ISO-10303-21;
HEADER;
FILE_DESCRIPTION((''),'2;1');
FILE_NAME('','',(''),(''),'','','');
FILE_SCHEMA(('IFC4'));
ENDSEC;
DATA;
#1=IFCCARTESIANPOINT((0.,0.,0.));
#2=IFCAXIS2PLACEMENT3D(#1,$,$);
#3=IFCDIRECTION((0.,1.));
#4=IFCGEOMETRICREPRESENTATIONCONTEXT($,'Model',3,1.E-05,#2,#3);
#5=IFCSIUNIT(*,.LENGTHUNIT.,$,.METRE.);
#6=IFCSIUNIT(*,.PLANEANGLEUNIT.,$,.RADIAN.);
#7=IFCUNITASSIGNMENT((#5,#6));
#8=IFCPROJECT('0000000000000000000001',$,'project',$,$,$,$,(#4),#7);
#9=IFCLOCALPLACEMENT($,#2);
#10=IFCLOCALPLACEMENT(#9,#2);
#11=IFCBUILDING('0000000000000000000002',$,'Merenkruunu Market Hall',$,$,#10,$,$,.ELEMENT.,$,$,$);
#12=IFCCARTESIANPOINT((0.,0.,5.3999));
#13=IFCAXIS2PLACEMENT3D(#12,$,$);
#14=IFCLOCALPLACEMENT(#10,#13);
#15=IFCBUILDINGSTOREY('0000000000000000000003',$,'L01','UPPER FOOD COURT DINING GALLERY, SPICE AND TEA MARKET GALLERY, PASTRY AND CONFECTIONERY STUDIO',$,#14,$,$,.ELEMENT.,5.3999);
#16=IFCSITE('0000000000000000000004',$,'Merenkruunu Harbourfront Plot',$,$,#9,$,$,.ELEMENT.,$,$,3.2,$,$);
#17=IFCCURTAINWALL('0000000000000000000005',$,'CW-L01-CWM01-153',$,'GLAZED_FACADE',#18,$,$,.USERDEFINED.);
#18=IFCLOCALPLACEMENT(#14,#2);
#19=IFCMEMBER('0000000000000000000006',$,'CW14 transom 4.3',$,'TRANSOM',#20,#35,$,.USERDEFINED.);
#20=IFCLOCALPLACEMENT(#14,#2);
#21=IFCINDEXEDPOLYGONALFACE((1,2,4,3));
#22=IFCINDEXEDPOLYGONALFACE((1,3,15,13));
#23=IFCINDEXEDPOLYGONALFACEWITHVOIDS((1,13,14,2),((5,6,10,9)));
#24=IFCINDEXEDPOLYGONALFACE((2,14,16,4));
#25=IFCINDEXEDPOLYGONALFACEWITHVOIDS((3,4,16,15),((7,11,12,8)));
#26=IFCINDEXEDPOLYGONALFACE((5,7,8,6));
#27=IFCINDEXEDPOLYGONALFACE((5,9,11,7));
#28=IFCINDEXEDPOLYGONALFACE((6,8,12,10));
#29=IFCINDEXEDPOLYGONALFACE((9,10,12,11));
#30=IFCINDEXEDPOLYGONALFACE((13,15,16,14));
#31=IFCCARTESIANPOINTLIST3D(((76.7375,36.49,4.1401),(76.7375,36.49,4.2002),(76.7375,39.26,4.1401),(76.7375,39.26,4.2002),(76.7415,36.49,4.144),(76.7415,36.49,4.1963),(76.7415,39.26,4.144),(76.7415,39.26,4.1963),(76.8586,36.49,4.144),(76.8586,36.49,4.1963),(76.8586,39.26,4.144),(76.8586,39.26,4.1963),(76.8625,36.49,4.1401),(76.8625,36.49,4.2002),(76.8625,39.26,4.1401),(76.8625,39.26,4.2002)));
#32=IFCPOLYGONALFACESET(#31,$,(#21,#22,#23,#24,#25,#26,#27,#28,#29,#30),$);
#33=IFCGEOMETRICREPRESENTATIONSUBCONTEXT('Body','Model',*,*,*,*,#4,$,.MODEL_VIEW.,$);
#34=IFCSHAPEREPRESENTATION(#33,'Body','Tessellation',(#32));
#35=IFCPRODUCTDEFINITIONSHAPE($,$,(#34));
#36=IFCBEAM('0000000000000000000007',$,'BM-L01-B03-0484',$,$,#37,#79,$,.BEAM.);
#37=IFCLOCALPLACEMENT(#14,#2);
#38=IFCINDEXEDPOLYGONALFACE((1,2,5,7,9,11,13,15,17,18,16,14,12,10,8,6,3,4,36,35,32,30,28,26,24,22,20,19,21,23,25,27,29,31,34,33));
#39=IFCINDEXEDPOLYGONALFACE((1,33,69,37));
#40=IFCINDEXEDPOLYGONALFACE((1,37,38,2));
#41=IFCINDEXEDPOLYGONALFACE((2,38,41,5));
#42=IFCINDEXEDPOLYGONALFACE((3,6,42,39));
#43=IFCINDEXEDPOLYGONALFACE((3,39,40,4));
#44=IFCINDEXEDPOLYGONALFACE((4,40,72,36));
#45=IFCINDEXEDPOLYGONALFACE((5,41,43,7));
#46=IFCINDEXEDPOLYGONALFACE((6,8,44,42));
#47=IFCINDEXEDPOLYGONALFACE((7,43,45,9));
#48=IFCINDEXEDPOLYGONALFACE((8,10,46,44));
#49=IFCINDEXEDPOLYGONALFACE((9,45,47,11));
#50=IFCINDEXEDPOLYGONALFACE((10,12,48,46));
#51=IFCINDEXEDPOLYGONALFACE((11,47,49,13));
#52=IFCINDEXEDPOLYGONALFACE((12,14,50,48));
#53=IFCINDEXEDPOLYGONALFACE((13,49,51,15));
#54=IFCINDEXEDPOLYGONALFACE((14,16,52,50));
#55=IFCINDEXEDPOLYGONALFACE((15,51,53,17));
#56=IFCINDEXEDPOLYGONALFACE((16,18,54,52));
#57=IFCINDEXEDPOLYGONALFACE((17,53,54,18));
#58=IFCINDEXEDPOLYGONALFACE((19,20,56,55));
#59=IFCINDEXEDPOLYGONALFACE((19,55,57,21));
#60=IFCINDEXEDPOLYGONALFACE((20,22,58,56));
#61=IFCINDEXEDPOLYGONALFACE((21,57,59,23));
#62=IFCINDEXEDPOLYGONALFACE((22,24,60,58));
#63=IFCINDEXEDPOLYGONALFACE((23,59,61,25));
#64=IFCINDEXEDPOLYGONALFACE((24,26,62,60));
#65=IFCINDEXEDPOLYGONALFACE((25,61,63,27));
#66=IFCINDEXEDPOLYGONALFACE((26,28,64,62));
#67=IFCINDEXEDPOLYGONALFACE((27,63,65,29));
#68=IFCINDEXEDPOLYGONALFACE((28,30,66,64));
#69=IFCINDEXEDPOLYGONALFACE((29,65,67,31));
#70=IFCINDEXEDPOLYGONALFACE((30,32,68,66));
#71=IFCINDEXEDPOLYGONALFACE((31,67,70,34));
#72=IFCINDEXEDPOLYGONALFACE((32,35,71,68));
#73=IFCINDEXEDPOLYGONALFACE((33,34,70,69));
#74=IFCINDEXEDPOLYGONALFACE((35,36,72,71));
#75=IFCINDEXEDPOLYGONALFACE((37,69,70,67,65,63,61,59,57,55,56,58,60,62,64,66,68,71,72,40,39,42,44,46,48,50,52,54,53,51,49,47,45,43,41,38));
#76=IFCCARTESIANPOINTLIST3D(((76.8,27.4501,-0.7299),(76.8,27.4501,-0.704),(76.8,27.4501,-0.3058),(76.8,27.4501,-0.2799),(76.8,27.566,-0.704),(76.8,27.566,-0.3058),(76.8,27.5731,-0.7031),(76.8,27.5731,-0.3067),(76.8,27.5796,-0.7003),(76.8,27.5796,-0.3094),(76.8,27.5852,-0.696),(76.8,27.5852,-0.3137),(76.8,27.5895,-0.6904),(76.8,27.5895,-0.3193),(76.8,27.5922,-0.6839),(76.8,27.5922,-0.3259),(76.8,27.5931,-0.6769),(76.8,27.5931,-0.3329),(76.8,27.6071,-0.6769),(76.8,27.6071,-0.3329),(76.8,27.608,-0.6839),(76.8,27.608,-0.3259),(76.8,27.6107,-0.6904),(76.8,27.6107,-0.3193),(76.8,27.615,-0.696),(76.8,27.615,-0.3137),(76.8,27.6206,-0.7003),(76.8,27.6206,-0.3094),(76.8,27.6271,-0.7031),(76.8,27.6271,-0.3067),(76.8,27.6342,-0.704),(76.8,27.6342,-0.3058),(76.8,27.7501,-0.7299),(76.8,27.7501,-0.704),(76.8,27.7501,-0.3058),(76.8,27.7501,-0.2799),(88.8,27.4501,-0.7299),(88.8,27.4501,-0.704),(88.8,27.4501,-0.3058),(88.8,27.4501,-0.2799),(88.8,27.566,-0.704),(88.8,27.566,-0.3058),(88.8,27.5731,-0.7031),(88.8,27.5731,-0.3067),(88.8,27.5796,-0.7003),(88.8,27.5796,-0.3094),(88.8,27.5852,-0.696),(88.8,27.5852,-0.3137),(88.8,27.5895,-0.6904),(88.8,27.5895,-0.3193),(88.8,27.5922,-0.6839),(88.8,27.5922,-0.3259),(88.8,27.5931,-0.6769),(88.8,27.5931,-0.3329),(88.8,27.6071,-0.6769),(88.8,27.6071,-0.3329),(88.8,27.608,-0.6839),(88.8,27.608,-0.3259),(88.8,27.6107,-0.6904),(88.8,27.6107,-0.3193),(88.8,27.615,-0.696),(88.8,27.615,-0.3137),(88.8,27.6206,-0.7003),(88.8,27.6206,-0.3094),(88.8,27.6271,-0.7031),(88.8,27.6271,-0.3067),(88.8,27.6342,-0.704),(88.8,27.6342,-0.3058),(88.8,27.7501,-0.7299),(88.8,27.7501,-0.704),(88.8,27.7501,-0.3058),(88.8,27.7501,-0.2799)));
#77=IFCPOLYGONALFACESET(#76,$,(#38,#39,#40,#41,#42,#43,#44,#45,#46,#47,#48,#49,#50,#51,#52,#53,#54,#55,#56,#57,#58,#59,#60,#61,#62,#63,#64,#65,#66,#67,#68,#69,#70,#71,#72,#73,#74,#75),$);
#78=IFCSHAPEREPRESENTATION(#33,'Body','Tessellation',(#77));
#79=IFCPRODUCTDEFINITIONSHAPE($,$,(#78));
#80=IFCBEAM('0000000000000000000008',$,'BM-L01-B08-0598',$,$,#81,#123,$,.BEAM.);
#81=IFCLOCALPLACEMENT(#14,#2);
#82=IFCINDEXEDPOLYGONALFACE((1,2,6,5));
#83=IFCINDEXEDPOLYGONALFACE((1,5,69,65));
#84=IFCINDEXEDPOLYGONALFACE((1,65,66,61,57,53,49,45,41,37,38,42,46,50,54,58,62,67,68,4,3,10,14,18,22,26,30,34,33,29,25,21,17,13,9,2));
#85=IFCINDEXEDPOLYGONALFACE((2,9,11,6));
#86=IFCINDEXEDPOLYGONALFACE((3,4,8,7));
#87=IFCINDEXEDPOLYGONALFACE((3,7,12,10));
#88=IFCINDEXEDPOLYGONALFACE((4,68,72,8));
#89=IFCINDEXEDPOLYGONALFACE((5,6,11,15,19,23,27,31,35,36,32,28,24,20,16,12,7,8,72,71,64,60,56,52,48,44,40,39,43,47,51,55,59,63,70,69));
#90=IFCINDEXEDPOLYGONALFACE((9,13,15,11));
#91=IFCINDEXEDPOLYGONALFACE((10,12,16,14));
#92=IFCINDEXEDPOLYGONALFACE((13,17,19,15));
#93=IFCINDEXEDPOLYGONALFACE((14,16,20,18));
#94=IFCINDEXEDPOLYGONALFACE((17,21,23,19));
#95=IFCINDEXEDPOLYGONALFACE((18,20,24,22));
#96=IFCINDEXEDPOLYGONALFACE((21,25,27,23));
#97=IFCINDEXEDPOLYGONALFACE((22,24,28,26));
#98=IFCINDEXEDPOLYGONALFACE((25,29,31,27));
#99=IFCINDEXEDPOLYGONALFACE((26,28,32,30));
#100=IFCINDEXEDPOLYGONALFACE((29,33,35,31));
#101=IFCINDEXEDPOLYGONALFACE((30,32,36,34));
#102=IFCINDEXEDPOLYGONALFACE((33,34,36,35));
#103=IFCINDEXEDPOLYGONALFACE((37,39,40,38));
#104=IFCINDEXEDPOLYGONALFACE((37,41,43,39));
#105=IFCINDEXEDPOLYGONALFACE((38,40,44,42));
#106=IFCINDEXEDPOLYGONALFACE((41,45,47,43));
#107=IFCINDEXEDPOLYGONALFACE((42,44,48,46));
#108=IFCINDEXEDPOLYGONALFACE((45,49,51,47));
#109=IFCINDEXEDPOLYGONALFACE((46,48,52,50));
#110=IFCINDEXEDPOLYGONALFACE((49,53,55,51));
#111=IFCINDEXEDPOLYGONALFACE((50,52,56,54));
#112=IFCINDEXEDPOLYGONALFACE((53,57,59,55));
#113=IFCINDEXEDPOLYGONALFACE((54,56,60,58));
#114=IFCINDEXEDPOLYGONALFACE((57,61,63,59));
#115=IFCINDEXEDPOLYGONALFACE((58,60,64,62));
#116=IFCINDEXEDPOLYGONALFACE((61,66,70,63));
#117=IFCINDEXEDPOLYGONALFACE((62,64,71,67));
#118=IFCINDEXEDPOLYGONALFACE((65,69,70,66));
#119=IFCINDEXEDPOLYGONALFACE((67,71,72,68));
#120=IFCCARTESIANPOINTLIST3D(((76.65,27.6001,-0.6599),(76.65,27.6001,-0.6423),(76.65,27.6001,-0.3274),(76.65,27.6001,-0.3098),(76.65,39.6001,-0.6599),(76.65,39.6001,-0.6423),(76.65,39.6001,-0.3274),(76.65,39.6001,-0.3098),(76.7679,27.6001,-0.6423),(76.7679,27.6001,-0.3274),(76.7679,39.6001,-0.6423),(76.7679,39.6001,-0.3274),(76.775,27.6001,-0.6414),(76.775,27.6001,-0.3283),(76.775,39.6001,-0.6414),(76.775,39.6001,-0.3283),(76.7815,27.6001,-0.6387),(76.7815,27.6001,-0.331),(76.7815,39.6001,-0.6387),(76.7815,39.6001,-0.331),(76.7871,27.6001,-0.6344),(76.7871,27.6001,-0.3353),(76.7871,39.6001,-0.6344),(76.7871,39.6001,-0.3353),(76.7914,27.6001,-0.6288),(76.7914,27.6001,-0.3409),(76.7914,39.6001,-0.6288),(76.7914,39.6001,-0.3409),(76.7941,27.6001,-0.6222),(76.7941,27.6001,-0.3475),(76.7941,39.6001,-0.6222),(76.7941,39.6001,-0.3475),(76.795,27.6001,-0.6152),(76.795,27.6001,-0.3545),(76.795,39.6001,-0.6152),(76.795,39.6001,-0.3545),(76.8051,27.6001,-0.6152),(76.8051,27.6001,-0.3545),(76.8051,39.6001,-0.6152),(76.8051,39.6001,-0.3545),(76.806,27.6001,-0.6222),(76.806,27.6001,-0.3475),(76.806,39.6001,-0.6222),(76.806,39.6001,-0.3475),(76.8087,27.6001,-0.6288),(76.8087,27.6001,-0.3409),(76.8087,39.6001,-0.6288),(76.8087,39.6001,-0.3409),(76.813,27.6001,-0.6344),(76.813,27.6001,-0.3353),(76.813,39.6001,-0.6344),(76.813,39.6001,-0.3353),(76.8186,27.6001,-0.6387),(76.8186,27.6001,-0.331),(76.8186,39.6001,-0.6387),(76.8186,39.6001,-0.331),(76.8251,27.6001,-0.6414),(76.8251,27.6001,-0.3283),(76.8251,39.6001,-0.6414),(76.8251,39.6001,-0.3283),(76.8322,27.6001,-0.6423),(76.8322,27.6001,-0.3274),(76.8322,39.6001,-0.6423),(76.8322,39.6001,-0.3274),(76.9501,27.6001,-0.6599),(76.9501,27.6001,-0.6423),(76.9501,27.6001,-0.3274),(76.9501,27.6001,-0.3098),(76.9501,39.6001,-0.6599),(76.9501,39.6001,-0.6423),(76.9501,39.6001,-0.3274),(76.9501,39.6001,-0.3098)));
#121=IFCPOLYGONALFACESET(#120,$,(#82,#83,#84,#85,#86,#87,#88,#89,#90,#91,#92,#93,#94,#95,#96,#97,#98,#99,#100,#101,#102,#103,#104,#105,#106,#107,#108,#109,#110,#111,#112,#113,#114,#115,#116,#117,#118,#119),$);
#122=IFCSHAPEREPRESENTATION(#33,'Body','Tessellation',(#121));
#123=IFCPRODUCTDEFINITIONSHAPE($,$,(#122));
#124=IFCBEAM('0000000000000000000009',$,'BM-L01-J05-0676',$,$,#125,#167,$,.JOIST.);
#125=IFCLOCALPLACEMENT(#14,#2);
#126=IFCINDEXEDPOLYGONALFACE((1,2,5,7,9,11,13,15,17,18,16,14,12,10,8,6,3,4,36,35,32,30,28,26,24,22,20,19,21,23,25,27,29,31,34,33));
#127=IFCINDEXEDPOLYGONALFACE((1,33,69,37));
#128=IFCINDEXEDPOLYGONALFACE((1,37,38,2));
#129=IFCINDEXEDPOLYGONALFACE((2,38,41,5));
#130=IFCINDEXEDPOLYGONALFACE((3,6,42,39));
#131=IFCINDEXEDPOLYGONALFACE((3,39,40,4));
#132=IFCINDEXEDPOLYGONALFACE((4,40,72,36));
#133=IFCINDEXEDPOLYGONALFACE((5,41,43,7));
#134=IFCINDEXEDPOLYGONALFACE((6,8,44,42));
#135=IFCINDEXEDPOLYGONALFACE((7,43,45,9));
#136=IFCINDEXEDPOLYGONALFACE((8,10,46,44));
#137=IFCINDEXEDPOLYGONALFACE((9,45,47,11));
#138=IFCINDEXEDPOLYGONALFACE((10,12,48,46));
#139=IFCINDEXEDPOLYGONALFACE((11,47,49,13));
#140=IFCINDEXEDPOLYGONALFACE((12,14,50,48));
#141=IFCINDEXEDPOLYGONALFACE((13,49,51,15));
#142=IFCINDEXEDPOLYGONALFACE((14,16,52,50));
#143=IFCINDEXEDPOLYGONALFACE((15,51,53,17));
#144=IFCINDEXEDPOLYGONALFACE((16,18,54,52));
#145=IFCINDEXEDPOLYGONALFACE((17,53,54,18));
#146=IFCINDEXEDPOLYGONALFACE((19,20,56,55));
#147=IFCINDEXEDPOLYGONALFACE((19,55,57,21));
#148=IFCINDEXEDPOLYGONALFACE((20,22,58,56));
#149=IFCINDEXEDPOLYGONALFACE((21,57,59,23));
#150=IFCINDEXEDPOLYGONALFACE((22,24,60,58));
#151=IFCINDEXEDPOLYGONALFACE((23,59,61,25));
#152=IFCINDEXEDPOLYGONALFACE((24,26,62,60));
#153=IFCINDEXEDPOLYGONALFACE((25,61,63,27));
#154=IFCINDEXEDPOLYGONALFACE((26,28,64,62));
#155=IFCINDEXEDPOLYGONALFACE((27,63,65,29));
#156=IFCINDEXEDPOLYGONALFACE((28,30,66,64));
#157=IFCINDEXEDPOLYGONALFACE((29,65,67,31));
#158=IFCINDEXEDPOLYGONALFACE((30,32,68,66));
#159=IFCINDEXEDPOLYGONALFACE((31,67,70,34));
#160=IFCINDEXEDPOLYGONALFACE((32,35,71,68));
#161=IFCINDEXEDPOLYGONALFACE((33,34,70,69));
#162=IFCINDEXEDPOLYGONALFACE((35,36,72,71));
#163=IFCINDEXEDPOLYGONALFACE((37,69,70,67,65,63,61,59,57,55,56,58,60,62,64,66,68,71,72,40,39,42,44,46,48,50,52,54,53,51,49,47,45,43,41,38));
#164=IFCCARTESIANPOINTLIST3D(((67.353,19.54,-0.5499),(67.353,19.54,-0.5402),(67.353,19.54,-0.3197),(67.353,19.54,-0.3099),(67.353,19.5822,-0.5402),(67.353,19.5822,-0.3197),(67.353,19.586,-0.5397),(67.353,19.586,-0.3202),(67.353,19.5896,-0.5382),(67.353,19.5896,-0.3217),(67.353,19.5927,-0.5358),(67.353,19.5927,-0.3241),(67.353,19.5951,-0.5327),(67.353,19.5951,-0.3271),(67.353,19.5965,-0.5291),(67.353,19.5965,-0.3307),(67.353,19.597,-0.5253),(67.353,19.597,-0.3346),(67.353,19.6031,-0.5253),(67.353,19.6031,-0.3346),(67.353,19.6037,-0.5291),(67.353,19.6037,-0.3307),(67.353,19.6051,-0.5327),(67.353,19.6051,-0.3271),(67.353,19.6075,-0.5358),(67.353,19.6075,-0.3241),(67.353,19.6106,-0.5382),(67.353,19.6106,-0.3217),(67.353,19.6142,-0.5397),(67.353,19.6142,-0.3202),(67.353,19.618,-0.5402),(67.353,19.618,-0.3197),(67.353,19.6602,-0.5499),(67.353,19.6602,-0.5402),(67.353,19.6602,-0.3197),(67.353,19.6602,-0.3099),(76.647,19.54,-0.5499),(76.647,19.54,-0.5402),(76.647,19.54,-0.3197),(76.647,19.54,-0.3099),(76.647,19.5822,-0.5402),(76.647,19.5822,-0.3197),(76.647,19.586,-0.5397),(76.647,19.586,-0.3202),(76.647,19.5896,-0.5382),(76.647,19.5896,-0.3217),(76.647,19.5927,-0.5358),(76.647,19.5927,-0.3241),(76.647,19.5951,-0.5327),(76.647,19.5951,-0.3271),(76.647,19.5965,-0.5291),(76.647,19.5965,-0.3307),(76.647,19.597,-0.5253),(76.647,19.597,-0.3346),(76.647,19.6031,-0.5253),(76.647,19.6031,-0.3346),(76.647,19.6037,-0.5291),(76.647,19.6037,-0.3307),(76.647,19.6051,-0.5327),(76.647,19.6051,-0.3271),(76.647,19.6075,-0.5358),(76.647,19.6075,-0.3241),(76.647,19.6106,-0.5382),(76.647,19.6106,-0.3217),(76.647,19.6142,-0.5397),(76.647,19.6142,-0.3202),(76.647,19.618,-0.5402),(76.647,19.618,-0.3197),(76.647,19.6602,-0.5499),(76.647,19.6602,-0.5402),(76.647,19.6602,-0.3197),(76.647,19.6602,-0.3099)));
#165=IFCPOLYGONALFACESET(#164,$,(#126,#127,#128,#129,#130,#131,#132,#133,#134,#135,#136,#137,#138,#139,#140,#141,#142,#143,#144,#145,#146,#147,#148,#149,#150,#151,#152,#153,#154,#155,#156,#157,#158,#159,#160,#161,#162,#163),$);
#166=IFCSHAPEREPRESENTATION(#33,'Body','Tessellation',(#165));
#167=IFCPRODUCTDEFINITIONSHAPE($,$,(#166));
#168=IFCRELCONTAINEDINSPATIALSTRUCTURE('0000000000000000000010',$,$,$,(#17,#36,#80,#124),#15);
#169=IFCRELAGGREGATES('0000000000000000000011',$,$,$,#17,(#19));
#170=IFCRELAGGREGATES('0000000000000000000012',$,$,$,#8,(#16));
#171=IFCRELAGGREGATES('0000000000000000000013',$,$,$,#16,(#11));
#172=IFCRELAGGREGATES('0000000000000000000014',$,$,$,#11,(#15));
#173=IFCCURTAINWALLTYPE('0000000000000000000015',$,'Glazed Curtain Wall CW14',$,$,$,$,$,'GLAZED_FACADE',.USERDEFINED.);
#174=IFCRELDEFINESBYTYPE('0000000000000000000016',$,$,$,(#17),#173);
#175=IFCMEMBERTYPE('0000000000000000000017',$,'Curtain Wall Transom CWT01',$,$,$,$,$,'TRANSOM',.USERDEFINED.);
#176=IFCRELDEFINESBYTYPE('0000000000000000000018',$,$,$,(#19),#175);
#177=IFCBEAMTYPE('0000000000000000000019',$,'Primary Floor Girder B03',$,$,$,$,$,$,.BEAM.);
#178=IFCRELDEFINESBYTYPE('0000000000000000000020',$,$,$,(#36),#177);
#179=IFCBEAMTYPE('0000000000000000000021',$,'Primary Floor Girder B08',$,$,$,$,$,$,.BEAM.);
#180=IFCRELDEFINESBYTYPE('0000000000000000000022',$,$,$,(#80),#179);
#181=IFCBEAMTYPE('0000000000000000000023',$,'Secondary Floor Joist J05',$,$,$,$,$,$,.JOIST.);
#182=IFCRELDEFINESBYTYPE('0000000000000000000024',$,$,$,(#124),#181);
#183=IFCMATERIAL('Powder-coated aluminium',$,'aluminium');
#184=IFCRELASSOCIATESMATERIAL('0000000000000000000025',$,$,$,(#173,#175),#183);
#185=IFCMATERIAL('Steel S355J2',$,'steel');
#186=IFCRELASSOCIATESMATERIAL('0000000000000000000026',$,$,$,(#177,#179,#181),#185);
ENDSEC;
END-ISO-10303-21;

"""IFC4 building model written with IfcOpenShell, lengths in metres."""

from ifc_helpers import new_model, si_unit, direction, frame, origin, origin_2d, place, context, subcontext, project, spatial, hollow_rectangle, i_section, extrude, material, material_profile, profile_set, type_object, element, aggregate, save


model = new_model("IFC4")

# Units and contexts
model_context = context("Model", 3, precision=1e-05, world=origin(), true_north=direction((0.0, 1.0)))
body_context = subcontext(model_context, "Body", "Model", "MODEL_VIEW")
ifc_project = project(units=[si_unit("LENGTHUNIT", "METRE"), si_unit("PLANEANGLEUNIT", "RADIAN")], contexts=[model_context])

# Site, building, storey
site_placement = place(None, origin())
site = spatial("IfcSite", under=ifc_project, at=site_placement, Name="Merenkruunu Harbourfront Plot", CompositionType="ELEMENT", RefElevation=3.2)
building_placement = place(site_placement, origin())
building = spatial("IfcBuilding", under=site, at=building_placement, Name="Merenkruunu Market Hall", CompositionType="ELEMENT")
storey_placement = place(building_placement, frame((0.0, 0.0, 5.3999)))
storey = spatial("IfcBuildingStorey", under=building, at=storey_placement, Name="L01", Description="UPPER FOOD COURT DINING GALLERY, SPICE AND TEA MARKET GALLERY, PASTRY AND CONFECTIONERY STUDIO", CompositionType="ELEMENT", Elevation=5.3999)

# Curtain wall, member
ifc_material_1 = material(Name="Powder-coated aluminium", Category="aluminium")
curtain_wall_type = type_object("IfcCurtainWallType", Name="Glazed Curtain Wall CW14", ElementType="GLAZED_FACADE", PredefinedType="USERDEFINED", material=ifc_material_1)
curtain_wall_placement = place(storey_placement, origin())
curtain_wall = element("IfcCurtainWall", 1, at=curtain_wall_placement, inside=storey, type_object=curtain_wall_type, Name="CW-L01-CWM01-153", ObjectType="GLAZED_FACADE", PredefinedType="USERDEFINED")
ifc_material_profile_1 = material_profile(ifc_material_1, hollow_rectangle(XDim=0.0601, YDim=0.125, WallThickness=0.0039, at=origin_2d()), Name="ALU 60x125x4")
ifc_profile_set_1 = profile_set([ifc_material_profile_1], Name="Powder-coated aluminium")
member_type_1 = type_object("IfcMemberType", Name="Curtain Wall Transom CWT01", ElementType="TRANSOM", PredefinedType="USERDEFINED", material=ifc_profile_set_1)
member_1_placement = place(storey_placement, frame((76.8, 36.49, 4.1702), z_axis=(0.0, 1.0, 0.0), x_axis=(0.0, 0.0, 1.0)))
member_1 = element("IfcMember", 2, at=member_1_placement, type_object=member_type_1, Name="CW14 transom 4.3", ObjectType="TRANSOM", PredefinedType="USERDEFINED", context=body_context, shape_type="SweptSolid", body=[
    extrude(hollow_rectangle(XDim=0.0601, YDim=0.125, WallThickness=0.0039, at=origin_2d()), origin(), (0.0, 0.0, 1.0), 2.77),
])

# Beams
ifc_material_2 = material(Name="Steel S355J2", Category="steel")
ifc_material_profile_2 = material_profile(ifc_material_2, i_section(OverallWidth=0.3, OverallDepth=0.45, WebThickness=0.0139, FlangeThickness=0.0259, FilletRadius=0.0271, at=origin_2d()), Name="HEB 450")
ifc_profile_set_2 = profile_set([ifc_material_profile_2], Name="Steel S355J2")
beam_type_1 = type_object("IfcBeamType", Name="Primary Floor Girder B03", PredefinedType="BEAM", material=ifc_profile_set_2)
beam_1_placement = place(storey_placement, frame((76.8, 27.6001, -0.5049), z_axis=(1.0, 0.0, 0.0), x_axis=(0.0, 1.0, 0.0)))
element("IfcBeam", 3, at=beam_1_placement, inside=storey, type_object=beam_type_1, Name="BM-L01-B03-0484", PredefinedType="BEAM", context=body_context, shape_type="SweptSolid", body=[
    extrude(i_section(OverallWidth=0.3, OverallDepth=0.45, WebThickness=0.0139, FlangeThickness=0.0259, FilletRadius=0.0271, at=origin_2d()), origin(), (0.0, 0.0, 1.0), 12.0),
])
ifc_material_profile_3 = material_profile(ifc_material_2, i_section(OverallWidth=0.3, OverallDepth=0.3501, WebThickness=0.01, FlangeThickness=0.0176, FilletRadius=0.0271, at=origin_2d()), Name="HEA 360")
ifc_profile_set_3 = profile_set([ifc_material_profile_3], Name="Steel S355J2")
beam_type_2 = type_object("IfcBeamType", Name="Primary Floor Girder B08", PredefinedType="BEAM", material=ifc_profile_set_3)
beam_2_placement = place(storey_placement, frame((76.8, 27.6001, -0.4849), z_axis=(0.0, 1.0, 0.0), x_axis=(-1.0, 0.0, 0.0)))
element("IfcBeam", 4, at=beam_2_placement, inside=storey, type_object=beam_type_2, Name="BM-L01-B08-0598", PredefinedType="BEAM", context=body_context, shape_type="SweptSolid", body=[
    extrude(i_section(OverallWidth=0.3, OverallDepth=0.3501, WebThickness=0.01, FlangeThickness=0.0176, FilletRadius=0.0271, at=origin_2d()), origin(), (0.0, 0.0, 1.0), 12.0),
])
ifc_material_profile_4 = material_profile(ifc_material_2, i_section(OverallWidth=0.1201, OverallDepth=0.24, WebThickness=0.0061, FlangeThickness=0.0098, FilletRadius=0.0149, at=origin_2d()), Name="IPE 240")
ifc_profile_set_4 = profile_set([ifc_material_profile_4], Name="Steel S355J2")
beam_type_3 = type_object("IfcBeamType", Name="Secondary Floor Joist J05", PredefinedType="JOIST", material=ifc_profile_set_4)
for number, where, z_axis, x_axis, name in (
    (5, (67.353, 19.6001, -0.4299), (1.0, 0.0, 0.0), (0.0, 1.0, 0.0), "BM-L01-J05-0676"),
):
    element("IfcBeam", number, at=place(storey_placement, frame(where, z_axis=z_axis, x_axis=x_axis)), inside=storey, type_object=beam_type_3, Name=name, PredefinedType="JOIST", context=body_context, shape_type="SweptSolid", body=[
        extrude(i_section(OverallWidth=0.1201, OverallDepth=0.24, WebThickness=0.0061, FlangeThickness=0.0098, FilletRadius=0.0149, at=origin_2d()), origin(), (0.0, 0.0, 1.0), 9.2939),
    ])

aggregate(curtain_wall, [member_1])

save(model, "model.ifc")
